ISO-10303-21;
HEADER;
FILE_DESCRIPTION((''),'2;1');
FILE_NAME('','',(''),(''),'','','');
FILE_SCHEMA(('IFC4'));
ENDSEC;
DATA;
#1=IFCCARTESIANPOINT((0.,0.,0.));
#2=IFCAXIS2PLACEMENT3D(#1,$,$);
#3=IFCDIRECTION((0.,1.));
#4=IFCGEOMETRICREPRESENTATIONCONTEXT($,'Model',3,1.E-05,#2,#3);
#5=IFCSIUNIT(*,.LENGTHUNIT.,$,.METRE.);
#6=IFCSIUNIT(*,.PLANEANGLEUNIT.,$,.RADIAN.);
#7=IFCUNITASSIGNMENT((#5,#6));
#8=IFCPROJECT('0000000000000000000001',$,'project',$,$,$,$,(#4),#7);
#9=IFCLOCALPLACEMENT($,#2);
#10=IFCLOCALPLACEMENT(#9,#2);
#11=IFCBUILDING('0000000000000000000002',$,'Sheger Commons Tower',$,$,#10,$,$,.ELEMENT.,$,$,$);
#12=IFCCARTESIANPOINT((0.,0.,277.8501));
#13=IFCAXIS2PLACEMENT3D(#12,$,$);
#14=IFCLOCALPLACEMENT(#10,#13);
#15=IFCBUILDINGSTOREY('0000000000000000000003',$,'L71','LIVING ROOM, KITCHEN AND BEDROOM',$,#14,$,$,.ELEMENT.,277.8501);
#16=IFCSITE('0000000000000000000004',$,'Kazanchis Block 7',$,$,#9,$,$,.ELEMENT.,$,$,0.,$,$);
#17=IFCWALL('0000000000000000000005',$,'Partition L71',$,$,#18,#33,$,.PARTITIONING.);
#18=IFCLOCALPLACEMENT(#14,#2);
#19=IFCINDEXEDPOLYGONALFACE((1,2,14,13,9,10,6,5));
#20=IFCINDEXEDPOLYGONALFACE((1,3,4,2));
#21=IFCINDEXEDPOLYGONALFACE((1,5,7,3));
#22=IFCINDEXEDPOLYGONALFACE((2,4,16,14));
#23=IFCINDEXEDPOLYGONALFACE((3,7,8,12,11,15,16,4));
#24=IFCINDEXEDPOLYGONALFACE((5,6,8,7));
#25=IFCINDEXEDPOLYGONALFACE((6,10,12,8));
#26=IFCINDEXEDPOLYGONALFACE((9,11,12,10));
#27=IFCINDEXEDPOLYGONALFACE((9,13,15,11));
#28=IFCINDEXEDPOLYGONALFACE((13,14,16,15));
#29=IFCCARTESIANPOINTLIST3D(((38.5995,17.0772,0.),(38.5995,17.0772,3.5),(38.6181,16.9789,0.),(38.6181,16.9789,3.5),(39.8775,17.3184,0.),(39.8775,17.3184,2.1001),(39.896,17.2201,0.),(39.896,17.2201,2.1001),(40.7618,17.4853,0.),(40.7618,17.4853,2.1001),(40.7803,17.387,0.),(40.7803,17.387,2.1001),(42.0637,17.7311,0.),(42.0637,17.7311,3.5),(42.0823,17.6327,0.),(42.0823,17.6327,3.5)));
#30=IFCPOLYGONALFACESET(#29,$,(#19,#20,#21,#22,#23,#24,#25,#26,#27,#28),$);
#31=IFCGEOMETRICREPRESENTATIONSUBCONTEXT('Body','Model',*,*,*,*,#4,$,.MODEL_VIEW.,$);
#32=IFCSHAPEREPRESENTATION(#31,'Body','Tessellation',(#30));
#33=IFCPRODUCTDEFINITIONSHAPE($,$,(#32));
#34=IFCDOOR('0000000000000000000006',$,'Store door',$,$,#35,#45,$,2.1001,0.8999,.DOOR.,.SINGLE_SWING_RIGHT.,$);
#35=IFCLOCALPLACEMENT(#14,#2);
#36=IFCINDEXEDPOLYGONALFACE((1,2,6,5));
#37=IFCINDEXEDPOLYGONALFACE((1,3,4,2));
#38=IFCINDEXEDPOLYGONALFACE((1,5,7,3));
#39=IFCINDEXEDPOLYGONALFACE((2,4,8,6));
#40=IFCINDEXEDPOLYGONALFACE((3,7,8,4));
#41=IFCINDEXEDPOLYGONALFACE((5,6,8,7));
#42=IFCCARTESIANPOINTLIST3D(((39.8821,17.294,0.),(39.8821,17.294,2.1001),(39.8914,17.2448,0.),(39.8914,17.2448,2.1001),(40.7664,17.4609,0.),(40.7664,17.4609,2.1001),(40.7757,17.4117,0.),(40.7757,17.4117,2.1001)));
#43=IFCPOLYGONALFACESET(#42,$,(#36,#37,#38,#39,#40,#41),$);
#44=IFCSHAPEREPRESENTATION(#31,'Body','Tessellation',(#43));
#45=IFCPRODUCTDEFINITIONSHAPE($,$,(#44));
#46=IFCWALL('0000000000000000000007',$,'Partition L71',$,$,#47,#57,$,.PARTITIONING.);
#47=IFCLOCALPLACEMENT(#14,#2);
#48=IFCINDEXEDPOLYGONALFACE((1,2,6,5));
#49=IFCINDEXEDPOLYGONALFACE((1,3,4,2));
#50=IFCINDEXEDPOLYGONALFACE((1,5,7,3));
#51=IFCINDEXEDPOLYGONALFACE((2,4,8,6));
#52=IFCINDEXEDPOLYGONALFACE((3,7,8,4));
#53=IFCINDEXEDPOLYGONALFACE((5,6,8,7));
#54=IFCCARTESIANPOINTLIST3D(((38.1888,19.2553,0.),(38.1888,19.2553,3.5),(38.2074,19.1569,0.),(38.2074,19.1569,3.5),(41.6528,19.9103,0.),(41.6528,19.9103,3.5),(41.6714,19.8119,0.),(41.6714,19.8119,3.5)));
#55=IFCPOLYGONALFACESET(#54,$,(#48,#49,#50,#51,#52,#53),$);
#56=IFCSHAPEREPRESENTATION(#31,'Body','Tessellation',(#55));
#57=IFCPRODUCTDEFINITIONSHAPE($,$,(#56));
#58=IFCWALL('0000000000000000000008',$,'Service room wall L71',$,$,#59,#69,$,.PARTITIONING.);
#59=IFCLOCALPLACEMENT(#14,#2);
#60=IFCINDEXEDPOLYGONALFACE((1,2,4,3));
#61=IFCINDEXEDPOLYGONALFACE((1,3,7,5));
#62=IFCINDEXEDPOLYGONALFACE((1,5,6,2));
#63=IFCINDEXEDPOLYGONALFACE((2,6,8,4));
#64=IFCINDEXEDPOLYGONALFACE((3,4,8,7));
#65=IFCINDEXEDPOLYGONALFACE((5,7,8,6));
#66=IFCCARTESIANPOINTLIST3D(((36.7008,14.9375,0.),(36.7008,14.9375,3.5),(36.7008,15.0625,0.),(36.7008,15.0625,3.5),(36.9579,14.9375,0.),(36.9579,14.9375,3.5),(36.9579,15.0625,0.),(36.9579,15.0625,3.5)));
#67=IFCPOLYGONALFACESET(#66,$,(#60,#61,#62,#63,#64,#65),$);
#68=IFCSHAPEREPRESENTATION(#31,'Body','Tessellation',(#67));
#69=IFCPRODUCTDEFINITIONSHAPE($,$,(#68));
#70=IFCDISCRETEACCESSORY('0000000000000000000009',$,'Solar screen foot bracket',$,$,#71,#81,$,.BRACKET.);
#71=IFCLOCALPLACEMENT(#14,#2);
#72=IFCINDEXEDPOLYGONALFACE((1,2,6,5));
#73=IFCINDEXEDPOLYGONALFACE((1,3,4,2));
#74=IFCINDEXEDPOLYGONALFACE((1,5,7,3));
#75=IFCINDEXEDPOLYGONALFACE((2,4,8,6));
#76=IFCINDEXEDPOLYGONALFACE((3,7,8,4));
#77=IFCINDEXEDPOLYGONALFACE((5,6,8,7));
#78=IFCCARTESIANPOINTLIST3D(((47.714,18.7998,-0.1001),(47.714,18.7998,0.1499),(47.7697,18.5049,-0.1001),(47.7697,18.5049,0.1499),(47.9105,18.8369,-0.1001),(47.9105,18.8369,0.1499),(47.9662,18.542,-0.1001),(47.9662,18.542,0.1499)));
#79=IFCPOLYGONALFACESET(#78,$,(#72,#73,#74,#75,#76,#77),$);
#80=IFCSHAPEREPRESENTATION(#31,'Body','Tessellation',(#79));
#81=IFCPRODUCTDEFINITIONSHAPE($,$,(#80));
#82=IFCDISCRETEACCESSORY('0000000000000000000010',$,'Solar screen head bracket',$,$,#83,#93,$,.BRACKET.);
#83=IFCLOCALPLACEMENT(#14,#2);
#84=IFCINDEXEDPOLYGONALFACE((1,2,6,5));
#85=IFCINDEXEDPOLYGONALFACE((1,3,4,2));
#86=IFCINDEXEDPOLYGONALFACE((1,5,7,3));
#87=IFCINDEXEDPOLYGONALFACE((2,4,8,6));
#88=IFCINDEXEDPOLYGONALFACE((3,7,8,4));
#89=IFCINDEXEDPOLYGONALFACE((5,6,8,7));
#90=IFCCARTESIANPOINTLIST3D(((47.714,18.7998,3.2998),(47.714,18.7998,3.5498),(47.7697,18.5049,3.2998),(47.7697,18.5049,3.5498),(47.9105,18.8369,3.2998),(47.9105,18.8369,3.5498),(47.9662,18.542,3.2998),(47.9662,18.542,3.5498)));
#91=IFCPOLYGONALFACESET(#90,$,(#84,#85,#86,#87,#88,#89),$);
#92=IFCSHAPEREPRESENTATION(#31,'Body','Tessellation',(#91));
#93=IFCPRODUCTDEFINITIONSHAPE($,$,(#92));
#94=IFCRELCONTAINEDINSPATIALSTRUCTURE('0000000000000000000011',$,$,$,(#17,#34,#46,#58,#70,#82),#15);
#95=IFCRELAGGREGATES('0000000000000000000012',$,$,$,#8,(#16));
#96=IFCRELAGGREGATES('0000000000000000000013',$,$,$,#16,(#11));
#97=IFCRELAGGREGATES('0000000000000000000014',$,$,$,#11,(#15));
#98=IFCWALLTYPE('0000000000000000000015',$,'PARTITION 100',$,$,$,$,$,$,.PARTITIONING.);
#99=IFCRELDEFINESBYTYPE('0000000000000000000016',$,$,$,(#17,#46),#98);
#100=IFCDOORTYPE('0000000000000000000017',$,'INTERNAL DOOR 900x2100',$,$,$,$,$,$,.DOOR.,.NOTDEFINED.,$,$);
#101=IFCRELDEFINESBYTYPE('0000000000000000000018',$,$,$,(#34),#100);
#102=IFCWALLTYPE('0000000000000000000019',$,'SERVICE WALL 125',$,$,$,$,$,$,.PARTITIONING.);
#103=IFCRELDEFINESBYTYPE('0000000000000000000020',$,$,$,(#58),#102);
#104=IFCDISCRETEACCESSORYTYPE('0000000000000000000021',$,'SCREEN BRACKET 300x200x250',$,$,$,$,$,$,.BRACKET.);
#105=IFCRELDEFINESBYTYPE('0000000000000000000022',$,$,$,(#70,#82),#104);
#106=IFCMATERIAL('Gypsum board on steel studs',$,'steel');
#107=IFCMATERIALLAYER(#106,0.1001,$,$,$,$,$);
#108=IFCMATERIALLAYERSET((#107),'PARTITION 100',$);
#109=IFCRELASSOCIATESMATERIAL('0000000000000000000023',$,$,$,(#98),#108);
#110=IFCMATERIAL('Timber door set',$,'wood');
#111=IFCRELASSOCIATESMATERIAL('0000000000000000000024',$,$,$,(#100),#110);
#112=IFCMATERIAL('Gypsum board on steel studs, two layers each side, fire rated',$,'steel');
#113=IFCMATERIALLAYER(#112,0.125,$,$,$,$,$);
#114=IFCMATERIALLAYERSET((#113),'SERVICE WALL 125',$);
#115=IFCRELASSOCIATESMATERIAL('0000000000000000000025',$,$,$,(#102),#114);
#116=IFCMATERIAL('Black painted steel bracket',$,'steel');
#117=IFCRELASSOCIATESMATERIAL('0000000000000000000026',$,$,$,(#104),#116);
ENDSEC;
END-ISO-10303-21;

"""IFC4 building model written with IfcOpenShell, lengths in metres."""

from ifc_helpers import new_model, si_unit, direction, frame, frame_2d, origin, origin_2d, place, context, subcontext, project, spatial, rectangle, extrude, material, layer, layer_set, type_object, element, fill, save


model = new_model("IFC4")

# Units and contexts
model_context = context("Model", 3, precision=1e-05, world=origin(), true_north=direction((0.0, 1.0)))
body_context = subcontext(model_context, "Body", "Model", "MODEL_VIEW")
ifc_project = project(units=[si_unit("LENGTHUNIT", "METRE"), si_unit("PLANEANGLEUNIT", "RADIAN")], contexts=[model_context])

# Site, building, storey
site_placement = place(None, origin())
site = spatial("IfcSite", under=ifc_project, at=site_placement, Name="Kazanchis Block 7", CompositionType="ELEMENT", RefElevation=0.0)
building_placement = place(site_placement, origin())
building = spatial("IfcBuilding", under=site, at=building_placement, Name="Sheger Commons Tower", CompositionType="ELEMENT")
storey_placement = place(building_placement, frame((0.0, 0.0, 277.8501)))
storey = spatial("IfcBuildingStorey", under=building, at=storey_placement, Name="L71", Description="LIVING ROOM, KITCHEN AND BEDROOM", CompositionType="ELEMENT", Elevation=277.8501)

# Shared definitions
ifc_material_1 = material(Name="Gypsum board on steel studs", Category="steel")
ifc_layer_1 = layer(ifc_material_1, 0.1001)
ifc_layer_set_1 = layer_set([ifc_layer_1], Name="PARTITION 100")
wall_type_1 = type_object("IfcWallType", Name="PARTITION 100", PredefinedType="PARTITIONING", material=ifc_layer_set_1)

# Wall, opening, door
wall_1_placement = place(storey_placement, frame((42.073, 17.6819, 0.0), z_axis=(0.0, 0.0, 1.0), x_axis=(-0.982651, -0.185463, 0.0)))
wall_1 = element("IfcWall", 1, at=wall_1_placement, inside=storey, type_object=wall_type_1, Name="Partition L71", PredefinedType="PARTITIONING", context=body_context, shape_type="SweptSolid", body=[
    extrude(rectangle(XDim=3.5254, YDim=0.1001, at=frame_2d((1.7627, 0.0))), origin(), (0.0, 0.0, 1.0), 3.5),
])
opening_placement = place(wall_1_placement, frame((1.325, 0.0, 0.0)))
opening = element("IfcOpeningElement", 2, at=opening_placement, cuts=wall_1, PredefinedType="OPENING", context=body_context, shape_type="SweptSolid", body=[
    extrude(rectangle(XDim=0.8999, YDim=2.1001, at=frame_2d((0.45, 1.05))), frame((0.0, 0.0601, 0.0), z_axis=(0.0, -1.0, 0.0), x_axis=(1.0, 0.0, 0.0)), (0.0, 0.0, 1.0), 0.1201),
])
ifc_material_2 = material(Name="Timber door set", Category="wood")
door_type = type_object("IfcDoorType", Name="INTERNAL DOOR 900x2100", OperationType="NOTDEFINED", PredefinedType="DOOR", material=ifc_material_2)
door_placement = place(opening_placement, origin())
door = element("IfcDoor", 3, at=door_placement, inside=storey, type_object=door_type, Name="Store door", OperationType="SINGLE_SWING_RIGHT", OverallHeight=2.1001, OverallWidth=0.8999, PredefinedType="DOOR", context=body_context, shape_type="SweptSolid", body=[
    extrude(rectangle(XDim=0.8999, YDim=2.1001, at=frame_2d((0.45, 1.05))), frame((0.0, 0.0249, 0.0), z_axis=(0.0, -1.0, 0.0), x_axis=(1.0, 0.0, 0.0)), (0.0, 0.0, 1.0), 0.05),
])
fill(opening, door)

# Walls
wall_2_placement = place(storey_placement, frame((41.6621, 19.8611, 0.0), z_axis=(0.0, 0.0, 1.0), x_axis=(-0.982588, -0.185798, 0.0)))
element("IfcWall", 4, at=wall_2_placement, inside=storey, type_object=wall_type_1, Name="Partition L71", PredefinedType="PARTITIONING", context=body_context, shape_type="SweptSolid", body=[
    extrude(rectangle(XDim=3.5254, YDim=0.1001, at=frame_2d((1.7627, 0.0))), origin(), (0.0, 0.0, 1.0), 3.5),
])
ifc_material_3 = material(Name="Gypsum board on steel studs, two layers each side, fire rated", Category="steel")
ifc_layer_2 = layer(ifc_material_3, 0.125)
ifc_layer_set_2 = layer_set([ifc_layer_2], Name="SERVICE WALL 125")
wall_type_2 = type_object("IfcWallType", Name="SERVICE WALL 125", PredefinedType="PARTITIONING", material=ifc_layer_set_2)
wall_3_placement = place(storey_placement, frame((36.7009, 15.0, 0.0), z_axis=(0.0, 0.0, 1.0), x_axis=(1.0, 0.0, 0.0)))
element("IfcWall", 5, at=wall_3_placement, inside=storey, type_object=wall_type_2, Name="Service room wall L71", PredefinedType="PARTITIONING", context=body_context, shape_type="SweptSolid", body=[
    extrude(rectangle(XDim=0.2571, YDim=0.125, at=frame_2d((0.1284, 0.0))), origin(), (0.0, 0.0, 1.0), 3.5),
])

# Discrete accessories
ifc_material_4 = material(Name="Black painted steel bracket", Category="steel")
discrete_accessory_type = type_object("IfcDiscreteAccessoryType", Name="SCREEN BRACKET 300x200x250", PredefinedType="BRACKET", material=ifc_material_4)
for number, where, z_axis, x_axis, name in (
    (6, (47.8401, 18.6709, -0.1001), (0.0, 0.0, 1.0), (-0.185615, 0.982623, 0.0), "Solar screen foot bracket"),
    (7, (47.8401, 18.6709, 3.2998), (0.0, 0.0, 1.0), (-0.185615, 0.982623, 0.0), "Solar screen head bracket"),
):
    element("IfcDiscreteAccessory", number, at=place(storey_placement, frame(where, z_axis=z_axis, x_axis=x_axis)), inside=storey, type_object=discrete_accessory_type, Name=name, PredefinedType="BRACKET", context=body_context, shape_type="SweptSolid", body=[
        extrude(rectangle(XDim=0.3, YDim=0.2, at=origin_2d()), origin(), (0.0, 0.0, 1.0), 0.25),
    ])

save(model, "model.ifc")
